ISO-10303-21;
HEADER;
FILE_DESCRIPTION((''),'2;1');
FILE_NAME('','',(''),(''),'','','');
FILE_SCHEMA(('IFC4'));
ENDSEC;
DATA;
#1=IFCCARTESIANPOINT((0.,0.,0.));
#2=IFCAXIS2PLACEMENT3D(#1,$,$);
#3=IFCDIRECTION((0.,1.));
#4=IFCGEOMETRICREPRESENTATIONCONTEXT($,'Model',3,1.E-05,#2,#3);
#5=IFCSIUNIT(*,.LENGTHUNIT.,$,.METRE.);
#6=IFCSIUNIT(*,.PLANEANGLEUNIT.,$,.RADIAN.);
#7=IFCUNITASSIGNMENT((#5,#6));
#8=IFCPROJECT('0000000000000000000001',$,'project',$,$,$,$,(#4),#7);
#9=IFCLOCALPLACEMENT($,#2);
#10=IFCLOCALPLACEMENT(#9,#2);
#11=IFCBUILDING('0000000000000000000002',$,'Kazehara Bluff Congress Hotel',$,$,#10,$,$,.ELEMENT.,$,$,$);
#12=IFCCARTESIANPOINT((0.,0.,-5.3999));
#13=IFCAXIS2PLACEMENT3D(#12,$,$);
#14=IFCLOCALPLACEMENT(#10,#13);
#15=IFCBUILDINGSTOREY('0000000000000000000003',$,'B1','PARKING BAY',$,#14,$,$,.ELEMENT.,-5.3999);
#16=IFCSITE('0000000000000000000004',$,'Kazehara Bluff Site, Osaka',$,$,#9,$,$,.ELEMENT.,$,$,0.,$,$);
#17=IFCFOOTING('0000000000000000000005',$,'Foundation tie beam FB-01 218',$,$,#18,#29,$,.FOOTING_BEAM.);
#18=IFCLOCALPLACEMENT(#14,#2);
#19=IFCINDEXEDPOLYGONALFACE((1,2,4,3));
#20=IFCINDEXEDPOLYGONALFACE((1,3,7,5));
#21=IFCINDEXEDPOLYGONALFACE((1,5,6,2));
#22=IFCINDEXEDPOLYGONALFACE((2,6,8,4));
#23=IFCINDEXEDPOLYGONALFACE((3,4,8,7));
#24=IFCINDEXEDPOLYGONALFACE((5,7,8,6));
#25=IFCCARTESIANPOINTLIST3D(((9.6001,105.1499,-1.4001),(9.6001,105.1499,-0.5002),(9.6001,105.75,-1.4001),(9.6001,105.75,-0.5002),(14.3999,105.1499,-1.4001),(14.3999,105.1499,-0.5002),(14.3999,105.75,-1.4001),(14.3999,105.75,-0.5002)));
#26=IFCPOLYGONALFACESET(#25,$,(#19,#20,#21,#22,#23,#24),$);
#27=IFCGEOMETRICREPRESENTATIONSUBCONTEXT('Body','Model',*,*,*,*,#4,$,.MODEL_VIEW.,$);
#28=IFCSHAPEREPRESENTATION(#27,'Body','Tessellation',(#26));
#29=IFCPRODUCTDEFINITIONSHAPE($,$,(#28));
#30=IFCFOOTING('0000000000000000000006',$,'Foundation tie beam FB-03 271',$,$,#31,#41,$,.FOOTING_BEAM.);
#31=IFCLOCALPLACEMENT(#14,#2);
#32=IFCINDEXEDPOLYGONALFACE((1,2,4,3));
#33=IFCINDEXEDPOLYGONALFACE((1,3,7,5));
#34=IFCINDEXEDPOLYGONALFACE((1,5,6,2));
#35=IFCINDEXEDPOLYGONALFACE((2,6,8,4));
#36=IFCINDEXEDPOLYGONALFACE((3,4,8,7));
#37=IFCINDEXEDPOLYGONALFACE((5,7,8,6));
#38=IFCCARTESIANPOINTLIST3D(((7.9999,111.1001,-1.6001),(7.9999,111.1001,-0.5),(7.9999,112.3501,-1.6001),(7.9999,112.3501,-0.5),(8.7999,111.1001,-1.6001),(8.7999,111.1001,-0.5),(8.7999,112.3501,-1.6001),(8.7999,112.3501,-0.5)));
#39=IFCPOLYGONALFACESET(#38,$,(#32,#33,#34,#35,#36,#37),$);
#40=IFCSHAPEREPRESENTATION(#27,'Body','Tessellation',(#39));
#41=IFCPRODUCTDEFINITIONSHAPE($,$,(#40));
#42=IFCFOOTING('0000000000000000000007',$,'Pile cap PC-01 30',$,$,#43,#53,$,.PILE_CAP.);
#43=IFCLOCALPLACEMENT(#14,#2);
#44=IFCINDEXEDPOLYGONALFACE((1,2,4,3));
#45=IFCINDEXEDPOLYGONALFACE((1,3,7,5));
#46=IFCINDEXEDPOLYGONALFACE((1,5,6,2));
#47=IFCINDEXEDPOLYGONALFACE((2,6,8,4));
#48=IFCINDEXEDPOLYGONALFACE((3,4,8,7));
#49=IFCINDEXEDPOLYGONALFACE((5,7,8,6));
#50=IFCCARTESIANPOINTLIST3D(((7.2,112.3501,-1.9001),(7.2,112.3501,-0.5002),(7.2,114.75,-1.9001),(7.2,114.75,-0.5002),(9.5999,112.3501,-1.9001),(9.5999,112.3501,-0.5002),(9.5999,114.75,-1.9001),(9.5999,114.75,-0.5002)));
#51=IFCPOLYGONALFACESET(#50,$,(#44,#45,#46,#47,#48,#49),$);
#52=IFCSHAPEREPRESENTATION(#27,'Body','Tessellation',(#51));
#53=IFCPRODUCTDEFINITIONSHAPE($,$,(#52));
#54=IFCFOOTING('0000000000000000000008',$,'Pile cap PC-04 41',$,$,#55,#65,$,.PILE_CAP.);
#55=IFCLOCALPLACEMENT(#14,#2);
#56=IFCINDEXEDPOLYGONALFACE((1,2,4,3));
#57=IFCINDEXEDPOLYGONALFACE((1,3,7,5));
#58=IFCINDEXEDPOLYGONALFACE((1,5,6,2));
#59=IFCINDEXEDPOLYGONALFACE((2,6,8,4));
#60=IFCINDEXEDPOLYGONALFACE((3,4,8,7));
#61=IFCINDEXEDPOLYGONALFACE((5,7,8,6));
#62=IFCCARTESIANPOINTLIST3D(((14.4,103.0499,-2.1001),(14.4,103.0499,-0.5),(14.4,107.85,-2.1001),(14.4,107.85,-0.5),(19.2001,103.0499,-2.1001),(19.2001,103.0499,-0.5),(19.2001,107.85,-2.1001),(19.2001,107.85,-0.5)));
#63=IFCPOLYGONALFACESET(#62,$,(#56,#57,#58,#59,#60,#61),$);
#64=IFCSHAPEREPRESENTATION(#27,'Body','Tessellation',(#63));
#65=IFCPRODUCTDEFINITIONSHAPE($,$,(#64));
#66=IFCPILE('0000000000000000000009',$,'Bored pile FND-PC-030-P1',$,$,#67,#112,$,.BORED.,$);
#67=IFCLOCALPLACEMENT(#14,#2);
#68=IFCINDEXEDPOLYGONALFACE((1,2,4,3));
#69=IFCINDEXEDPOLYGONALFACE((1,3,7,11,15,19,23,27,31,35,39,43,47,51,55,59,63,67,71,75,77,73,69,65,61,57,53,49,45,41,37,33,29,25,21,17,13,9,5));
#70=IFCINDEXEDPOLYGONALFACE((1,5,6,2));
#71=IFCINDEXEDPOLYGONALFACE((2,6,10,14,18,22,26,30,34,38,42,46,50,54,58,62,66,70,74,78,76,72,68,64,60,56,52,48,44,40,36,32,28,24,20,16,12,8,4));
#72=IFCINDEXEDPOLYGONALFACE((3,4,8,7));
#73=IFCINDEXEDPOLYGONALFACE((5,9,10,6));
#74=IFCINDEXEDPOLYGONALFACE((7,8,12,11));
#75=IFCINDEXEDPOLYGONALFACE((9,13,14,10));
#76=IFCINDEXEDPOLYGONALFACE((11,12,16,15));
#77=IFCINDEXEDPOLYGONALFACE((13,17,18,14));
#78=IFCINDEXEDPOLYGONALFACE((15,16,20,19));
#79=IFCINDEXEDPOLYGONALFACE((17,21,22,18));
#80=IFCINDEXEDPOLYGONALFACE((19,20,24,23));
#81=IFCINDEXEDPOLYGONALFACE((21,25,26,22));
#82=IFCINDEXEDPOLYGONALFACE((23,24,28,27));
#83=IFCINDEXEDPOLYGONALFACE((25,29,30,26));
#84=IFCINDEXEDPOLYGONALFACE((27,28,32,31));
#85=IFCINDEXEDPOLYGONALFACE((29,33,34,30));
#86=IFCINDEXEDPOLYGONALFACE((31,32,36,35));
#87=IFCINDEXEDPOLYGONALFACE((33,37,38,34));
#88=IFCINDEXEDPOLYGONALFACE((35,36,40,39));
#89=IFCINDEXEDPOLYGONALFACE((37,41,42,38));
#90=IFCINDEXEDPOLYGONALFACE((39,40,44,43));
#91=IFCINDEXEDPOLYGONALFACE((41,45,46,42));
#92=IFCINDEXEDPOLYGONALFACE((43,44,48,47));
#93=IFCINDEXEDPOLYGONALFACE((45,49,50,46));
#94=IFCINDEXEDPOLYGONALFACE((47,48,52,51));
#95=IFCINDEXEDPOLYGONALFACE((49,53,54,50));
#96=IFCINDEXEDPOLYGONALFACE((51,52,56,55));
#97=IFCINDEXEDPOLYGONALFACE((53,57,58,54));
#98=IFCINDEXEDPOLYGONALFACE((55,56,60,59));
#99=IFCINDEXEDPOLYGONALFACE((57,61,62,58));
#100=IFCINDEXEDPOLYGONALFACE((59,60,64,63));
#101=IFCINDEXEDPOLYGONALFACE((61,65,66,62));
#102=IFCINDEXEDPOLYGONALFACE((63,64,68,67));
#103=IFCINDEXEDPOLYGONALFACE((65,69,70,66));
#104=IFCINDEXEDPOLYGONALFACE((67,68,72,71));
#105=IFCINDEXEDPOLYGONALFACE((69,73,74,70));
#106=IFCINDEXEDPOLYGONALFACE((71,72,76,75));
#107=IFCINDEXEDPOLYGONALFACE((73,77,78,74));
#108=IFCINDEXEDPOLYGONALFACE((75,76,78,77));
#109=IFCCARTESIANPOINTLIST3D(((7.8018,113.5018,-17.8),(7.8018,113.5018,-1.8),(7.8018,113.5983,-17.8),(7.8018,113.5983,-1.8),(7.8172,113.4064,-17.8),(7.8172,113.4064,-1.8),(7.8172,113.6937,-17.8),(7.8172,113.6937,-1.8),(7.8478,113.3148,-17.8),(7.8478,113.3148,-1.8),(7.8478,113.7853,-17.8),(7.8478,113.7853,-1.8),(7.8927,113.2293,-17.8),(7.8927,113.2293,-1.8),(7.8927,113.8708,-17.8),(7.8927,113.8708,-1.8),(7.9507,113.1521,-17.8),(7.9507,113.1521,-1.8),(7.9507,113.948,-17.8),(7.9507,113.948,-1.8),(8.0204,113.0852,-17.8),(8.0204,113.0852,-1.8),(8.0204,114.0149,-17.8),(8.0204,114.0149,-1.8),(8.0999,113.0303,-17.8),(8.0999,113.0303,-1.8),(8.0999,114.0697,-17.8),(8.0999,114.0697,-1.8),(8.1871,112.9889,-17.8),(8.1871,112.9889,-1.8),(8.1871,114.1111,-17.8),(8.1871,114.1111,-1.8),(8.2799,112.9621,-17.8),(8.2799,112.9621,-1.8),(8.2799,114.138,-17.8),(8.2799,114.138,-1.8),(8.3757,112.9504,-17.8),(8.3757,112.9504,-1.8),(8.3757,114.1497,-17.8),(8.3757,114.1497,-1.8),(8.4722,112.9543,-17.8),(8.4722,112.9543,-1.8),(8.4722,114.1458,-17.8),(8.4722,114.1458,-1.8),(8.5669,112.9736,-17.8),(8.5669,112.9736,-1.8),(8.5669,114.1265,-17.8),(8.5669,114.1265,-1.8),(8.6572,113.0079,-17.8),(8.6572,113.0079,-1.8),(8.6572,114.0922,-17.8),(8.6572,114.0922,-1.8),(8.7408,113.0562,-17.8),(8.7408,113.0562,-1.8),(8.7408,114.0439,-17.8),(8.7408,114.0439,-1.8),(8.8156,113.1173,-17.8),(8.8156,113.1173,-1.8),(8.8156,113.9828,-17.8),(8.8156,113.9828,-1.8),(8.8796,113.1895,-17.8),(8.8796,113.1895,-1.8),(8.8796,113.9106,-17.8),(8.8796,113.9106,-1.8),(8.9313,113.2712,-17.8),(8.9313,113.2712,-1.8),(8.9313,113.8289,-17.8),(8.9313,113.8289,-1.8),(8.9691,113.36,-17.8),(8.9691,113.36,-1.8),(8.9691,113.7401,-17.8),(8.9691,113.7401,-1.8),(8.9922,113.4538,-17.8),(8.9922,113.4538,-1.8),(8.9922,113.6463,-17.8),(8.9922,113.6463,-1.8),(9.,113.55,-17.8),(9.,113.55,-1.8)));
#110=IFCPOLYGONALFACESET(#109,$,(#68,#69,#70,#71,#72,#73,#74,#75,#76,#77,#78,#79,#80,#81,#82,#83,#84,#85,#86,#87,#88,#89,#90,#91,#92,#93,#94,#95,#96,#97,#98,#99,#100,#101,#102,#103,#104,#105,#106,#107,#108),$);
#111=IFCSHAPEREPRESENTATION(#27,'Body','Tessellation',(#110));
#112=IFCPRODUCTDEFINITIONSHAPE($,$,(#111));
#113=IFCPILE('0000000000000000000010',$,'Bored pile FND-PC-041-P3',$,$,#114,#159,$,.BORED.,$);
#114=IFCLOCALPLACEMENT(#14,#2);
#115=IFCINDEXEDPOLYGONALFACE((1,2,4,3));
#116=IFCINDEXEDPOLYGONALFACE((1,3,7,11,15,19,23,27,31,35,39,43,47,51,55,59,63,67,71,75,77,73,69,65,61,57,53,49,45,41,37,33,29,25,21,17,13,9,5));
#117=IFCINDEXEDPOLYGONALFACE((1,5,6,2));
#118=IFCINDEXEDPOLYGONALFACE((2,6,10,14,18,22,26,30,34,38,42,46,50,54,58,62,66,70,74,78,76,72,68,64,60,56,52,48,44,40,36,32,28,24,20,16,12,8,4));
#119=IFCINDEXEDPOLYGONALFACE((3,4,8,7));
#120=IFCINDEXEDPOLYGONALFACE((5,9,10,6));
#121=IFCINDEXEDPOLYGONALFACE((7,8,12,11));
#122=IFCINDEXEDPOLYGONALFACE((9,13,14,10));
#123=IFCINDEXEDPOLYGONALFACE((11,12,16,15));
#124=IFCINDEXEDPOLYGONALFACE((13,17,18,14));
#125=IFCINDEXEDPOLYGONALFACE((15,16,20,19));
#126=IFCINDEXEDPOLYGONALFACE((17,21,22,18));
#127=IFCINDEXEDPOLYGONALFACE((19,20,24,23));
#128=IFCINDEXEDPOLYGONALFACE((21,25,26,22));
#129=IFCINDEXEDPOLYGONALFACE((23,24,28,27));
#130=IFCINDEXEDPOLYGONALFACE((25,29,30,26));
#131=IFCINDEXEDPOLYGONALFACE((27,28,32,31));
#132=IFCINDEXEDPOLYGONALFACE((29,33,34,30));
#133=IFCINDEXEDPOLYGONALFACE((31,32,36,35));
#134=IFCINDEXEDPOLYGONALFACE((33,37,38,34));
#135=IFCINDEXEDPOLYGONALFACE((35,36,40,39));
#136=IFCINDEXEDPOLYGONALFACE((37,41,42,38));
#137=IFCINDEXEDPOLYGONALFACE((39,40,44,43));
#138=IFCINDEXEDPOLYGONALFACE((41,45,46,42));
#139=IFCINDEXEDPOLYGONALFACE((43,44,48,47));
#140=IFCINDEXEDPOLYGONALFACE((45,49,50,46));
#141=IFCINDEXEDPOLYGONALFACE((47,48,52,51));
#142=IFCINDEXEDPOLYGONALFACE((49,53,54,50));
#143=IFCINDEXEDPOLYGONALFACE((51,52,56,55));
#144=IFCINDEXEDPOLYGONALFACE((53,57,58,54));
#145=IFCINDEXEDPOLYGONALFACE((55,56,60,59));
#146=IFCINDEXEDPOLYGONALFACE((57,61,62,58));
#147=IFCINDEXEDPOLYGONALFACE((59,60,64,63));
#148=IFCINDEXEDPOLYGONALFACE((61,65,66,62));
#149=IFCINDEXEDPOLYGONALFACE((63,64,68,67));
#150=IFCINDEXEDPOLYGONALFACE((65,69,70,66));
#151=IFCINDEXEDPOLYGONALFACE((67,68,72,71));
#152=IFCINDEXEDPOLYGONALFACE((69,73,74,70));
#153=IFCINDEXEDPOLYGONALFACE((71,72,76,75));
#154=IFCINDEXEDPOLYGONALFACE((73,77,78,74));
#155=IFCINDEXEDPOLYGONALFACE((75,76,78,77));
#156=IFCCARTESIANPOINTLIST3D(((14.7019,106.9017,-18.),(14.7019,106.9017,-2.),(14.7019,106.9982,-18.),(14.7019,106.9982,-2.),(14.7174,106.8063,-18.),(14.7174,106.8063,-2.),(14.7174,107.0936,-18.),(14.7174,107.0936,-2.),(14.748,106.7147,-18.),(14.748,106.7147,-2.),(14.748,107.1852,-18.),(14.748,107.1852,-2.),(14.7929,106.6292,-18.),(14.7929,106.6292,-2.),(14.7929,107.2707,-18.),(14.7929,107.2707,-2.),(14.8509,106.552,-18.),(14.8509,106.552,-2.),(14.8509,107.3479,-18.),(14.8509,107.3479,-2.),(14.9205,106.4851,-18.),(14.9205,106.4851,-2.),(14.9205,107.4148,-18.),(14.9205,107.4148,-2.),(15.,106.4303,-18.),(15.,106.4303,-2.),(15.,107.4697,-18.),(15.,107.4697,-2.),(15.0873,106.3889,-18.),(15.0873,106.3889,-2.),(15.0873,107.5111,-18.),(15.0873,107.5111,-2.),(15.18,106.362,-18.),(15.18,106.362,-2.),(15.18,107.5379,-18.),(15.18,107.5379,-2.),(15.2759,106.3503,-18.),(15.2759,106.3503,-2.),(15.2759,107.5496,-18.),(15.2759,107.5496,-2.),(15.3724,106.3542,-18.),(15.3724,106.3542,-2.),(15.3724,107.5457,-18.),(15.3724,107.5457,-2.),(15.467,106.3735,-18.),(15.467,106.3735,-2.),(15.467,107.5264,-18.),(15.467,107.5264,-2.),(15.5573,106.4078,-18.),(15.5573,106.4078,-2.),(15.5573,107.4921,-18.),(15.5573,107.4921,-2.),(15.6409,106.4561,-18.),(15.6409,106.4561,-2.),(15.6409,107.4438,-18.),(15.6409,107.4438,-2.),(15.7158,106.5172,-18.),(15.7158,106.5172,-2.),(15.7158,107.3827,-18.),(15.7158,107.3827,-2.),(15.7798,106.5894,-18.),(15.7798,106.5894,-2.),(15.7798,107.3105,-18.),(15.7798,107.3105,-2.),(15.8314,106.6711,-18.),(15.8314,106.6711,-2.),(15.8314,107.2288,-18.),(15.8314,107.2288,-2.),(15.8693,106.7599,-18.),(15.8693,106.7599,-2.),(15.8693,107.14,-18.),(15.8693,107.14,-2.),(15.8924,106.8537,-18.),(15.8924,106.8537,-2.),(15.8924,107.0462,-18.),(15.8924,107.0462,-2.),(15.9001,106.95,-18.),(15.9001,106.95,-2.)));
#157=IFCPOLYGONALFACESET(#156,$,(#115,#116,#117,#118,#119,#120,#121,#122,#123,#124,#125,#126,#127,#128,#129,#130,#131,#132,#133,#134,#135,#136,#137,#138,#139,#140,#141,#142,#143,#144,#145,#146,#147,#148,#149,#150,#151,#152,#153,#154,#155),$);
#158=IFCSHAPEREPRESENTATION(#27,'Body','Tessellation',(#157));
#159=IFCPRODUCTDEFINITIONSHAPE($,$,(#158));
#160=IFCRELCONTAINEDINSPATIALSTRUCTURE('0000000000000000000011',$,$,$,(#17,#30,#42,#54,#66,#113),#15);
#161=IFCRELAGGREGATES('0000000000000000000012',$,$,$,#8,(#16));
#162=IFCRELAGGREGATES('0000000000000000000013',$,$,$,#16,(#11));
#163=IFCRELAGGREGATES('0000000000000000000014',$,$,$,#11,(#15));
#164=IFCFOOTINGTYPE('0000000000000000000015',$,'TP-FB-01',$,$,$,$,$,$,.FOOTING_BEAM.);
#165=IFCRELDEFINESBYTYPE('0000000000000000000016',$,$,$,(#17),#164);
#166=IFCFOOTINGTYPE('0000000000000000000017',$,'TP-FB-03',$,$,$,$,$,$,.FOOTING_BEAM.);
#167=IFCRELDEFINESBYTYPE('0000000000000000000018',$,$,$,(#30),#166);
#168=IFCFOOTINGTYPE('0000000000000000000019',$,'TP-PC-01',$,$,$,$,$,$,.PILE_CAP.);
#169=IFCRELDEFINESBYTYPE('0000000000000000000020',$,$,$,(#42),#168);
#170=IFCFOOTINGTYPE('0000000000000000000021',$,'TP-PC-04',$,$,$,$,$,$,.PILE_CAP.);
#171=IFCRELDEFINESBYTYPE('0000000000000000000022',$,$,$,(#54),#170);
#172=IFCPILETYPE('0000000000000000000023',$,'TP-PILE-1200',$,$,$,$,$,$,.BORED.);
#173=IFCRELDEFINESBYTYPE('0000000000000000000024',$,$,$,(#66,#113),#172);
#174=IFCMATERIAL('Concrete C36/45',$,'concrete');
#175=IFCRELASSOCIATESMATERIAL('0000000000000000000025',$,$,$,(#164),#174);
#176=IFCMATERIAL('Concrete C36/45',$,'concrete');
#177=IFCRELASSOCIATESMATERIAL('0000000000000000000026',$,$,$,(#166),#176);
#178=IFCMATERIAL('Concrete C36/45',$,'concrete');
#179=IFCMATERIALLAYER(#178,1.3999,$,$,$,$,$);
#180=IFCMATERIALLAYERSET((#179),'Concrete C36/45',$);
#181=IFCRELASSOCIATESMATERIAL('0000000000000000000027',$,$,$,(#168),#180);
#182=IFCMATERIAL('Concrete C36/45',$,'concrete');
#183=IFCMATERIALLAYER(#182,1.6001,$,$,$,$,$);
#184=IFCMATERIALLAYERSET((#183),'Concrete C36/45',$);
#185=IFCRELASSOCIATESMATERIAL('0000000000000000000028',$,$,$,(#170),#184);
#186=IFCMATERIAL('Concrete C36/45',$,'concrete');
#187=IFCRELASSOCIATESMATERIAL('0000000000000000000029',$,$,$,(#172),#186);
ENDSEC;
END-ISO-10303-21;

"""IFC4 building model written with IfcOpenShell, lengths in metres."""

from ifc_helpers import new_model, si_unit, direction, frame, origin, origin_2d, place, context, subcontext, project, spatial, rectangle, circle, extrude, material, layer, layer_set, material_profile, profile_set, type_object, element, save


model = new_model("IFC4")

# Units and contexts
model_context = context("Model", 3, precision=1e-05, world=origin(), true_north=direction((0.0, 1.0)))
body_context = subcontext(model_context, "Body", "Model", "MODEL_VIEW")
ifc_project = project(units=[si_unit("LENGTHUNIT", "METRE"), si_unit("PLANEANGLEUNIT", "RADIAN")], contexts=[model_context])

# Site, building, storey
site_placement = place(None, origin())
site = spatial("IfcSite", under=ifc_project, at=site_placement, Name="Kazehara Bluff Site, Osaka", CompositionType="ELEMENT", RefElevation=0.0)
building_placement = place(site_placement, origin())
building = spatial("IfcBuilding", under=site, at=building_placement, Name="Kazehara Bluff Congress Hotel", CompositionType="ELEMENT")
storey_placement = place(building_placement, frame((0.0, 0.0, -5.3999)))
storey = spatial("IfcBuildingStorey", under=building, at=storey_placement, Name="B1", Description="PARKING BAY", CompositionType="ELEMENT", Elevation=-5.3999)

# Footings
ifc_material_1 = material(Name="Concrete C36/45", Category="concrete")
ifc_material_profile_1 = material_profile(ifc_material_1, rectangle(XDim=0.6001, YDim=0.8999, at=origin_2d()))
ifc_profile_set_1 = profile_set([ifc_material_profile_1], Name="Concrete C36/45")
footing_type_1 = type_object("IfcFootingType", Name="TP-FB-01", PredefinedType="FOOTING_BEAM", material=ifc_profile_set_1)
footing_1_placement = place(storey_placement, frame((9.6001, 105.45, -0.9502), z_axis=(1.0, 0.0, 0.0), x_axis=(0.0, 1.0, 0.0)))
element("IfcFooting", 1, at=footing_1_placement, inside=storey, type_object=footing_type_1, Name="Foundation tie beam FB-01 218", PredefinedType="FOOTING_BEAM", context=body_context, shape_type="SweptSolid", body=[
    extrude(rectangle(XDim=0.6001, YDim=0.8999, at=origin_2d()), origin(), (0.0, 0.0, 1.0), 4.7998),
])
ifc_material_2 = material(Name="Concrete C36/45", Category="concrete")
ifc_material_profile_2 = material_profile(ifc_material_2, rectangle(XDim=0.8, YDim=1.1001, at=origin_2d()))
ifc_profile_set_2 = profile_set([ifc_material_profile_2], Name="Concrete C36/45")
footing_type_2 = type_object("IfcFootingType", Name="TP-FB-03", PredefinedType="FOOTING_BEAM", material=ifc_profile_set_2)
footing_2_placement = place(storey_placement, frame((8.3999, 111.1001, -1.05), z_axis=(0.0, 1.0, 0.0), x_axis=(-1.0, 0.0, 0.0)))
element("IfcFooting", 2, at=footing_2_placement, inside=storey, type_object=footing_type_2, Name="Foundation tie beam FB-03 271", PredefinedType="FOOTING_BEAM", context=body_context, shape_type="SweptSolid", body=[
    extrude(rectangle(XDim=0.8, YDim=1.1001, at=origin_2d()), origin(), (0.0, 0.0, 1.0), 1.25),
])
ifc_material_3 = material(Name="Concrete C36/45", Category="concrete")
ifc_layer_1 = layer(ifc_material_3, 1.3999)
ifc_layer_set_1 = layer_set([ifc_layer_1], Name="Concrete C36/45")
footing_type_3 = type_object("IfcFootingType", Name="TP-PC-01", PredefinedType="PILE_CAP", material=ifc_layer_set_1)
footing_3_placement = place(storey_placement, frame((8.3999, 113.55, -1.9001), z_axis=(0.0, 0.0, 1.0), x_axis=(1.0, 0.0, 0.0)))
element("IfcFooting", 3, at=footing_3_placement, inside=storey, type_object=footing_type_3, Name="Pile cap PC-01 30", PredefinedType="PILE_CAP", context=body_context, shape_type="SweptSolid", body=[
    extrude(rectangle(XDim=2.3999, YDim=2.3999, at=origin_2d()), origin(), (0.0, 0.0, 1.0), 1.3999),
])
ifc_material_4 = material(Name="Concrete C36/45", Category="concrete")
ifc_layer_2 = layer(ifc_material_4, 1.6001)
ifc_layer_set_2 = layer_set([ifc_layer_2], Name="Concrete C36/45")
footing_type_4 = type_object("IfcFootingType", Name="TP-PC-04", PredefinedType="PILE_CAP", material=ifc_layer_set_2)
footing_4_placement = place(storey_placement, frame((16.8, 105.45, -2.1001), z_axis=(0.0, 0.0, 1.0), x_axis=(1.0, 0.0, 0.0)))
element("IfcFooting", 4, at=footing_4_placement, inside=storey, type_object=footing_type_4, Name="Pile cap PC-04 41", PredefinedType="PILE_CAP", context=body_context, shape_type="SweptSolid", body=[
    extrude(rectangle(XDim=4.8, YDim=4.8, at=origin_2d()), origin(), (0.0, 0.0, 1.0), 1.6001),
])

# Piles
ifc_material_5 = material(Name="Concrete C36/45", Category="concrete")
ifc_material_profile_3 = material_profile(ifc_material_5, circle(Radius=0.6001, at=origin_2d()))
ifc_profile_set_3 = profile_set([ifc_material_profile_3], Name="Concrete C36/45")
pile_type = type_object("IfcPileType", Name="TP-PILE-1200", PredefinedType="BORED", material=ifc_profile_set_3)
for number, where, z_axis, x_axis, name in (
    (5, (8.3999, 113.55, -1.8), (0.0, 0.0, -1.0), (1.0, 0.0, 0.0), "Bored pile FND-PC-030-P1"),
    (6, (15.3, 106.95, -2.0), (0.0, 0.0, -1.0), (1.0, 0.0, 0.0), "Bored pile FND-PC-041-P3"),
):
    element("IfcPile", number, at=place(storey_placement, frame(where, z_axis=z_axis, x_axis=x_axis)), inside=storey, type_object=pile_type, Name=name, PredefinedType="BORED", context=body_context, shape_type="SweptSolid", body=[
        extrude(circle(Radius=0.6001, at=origin_2d()), origin(), (0.0, 0.0, 1.0), 16.0),
    ])

save(model, "model.ifc")
